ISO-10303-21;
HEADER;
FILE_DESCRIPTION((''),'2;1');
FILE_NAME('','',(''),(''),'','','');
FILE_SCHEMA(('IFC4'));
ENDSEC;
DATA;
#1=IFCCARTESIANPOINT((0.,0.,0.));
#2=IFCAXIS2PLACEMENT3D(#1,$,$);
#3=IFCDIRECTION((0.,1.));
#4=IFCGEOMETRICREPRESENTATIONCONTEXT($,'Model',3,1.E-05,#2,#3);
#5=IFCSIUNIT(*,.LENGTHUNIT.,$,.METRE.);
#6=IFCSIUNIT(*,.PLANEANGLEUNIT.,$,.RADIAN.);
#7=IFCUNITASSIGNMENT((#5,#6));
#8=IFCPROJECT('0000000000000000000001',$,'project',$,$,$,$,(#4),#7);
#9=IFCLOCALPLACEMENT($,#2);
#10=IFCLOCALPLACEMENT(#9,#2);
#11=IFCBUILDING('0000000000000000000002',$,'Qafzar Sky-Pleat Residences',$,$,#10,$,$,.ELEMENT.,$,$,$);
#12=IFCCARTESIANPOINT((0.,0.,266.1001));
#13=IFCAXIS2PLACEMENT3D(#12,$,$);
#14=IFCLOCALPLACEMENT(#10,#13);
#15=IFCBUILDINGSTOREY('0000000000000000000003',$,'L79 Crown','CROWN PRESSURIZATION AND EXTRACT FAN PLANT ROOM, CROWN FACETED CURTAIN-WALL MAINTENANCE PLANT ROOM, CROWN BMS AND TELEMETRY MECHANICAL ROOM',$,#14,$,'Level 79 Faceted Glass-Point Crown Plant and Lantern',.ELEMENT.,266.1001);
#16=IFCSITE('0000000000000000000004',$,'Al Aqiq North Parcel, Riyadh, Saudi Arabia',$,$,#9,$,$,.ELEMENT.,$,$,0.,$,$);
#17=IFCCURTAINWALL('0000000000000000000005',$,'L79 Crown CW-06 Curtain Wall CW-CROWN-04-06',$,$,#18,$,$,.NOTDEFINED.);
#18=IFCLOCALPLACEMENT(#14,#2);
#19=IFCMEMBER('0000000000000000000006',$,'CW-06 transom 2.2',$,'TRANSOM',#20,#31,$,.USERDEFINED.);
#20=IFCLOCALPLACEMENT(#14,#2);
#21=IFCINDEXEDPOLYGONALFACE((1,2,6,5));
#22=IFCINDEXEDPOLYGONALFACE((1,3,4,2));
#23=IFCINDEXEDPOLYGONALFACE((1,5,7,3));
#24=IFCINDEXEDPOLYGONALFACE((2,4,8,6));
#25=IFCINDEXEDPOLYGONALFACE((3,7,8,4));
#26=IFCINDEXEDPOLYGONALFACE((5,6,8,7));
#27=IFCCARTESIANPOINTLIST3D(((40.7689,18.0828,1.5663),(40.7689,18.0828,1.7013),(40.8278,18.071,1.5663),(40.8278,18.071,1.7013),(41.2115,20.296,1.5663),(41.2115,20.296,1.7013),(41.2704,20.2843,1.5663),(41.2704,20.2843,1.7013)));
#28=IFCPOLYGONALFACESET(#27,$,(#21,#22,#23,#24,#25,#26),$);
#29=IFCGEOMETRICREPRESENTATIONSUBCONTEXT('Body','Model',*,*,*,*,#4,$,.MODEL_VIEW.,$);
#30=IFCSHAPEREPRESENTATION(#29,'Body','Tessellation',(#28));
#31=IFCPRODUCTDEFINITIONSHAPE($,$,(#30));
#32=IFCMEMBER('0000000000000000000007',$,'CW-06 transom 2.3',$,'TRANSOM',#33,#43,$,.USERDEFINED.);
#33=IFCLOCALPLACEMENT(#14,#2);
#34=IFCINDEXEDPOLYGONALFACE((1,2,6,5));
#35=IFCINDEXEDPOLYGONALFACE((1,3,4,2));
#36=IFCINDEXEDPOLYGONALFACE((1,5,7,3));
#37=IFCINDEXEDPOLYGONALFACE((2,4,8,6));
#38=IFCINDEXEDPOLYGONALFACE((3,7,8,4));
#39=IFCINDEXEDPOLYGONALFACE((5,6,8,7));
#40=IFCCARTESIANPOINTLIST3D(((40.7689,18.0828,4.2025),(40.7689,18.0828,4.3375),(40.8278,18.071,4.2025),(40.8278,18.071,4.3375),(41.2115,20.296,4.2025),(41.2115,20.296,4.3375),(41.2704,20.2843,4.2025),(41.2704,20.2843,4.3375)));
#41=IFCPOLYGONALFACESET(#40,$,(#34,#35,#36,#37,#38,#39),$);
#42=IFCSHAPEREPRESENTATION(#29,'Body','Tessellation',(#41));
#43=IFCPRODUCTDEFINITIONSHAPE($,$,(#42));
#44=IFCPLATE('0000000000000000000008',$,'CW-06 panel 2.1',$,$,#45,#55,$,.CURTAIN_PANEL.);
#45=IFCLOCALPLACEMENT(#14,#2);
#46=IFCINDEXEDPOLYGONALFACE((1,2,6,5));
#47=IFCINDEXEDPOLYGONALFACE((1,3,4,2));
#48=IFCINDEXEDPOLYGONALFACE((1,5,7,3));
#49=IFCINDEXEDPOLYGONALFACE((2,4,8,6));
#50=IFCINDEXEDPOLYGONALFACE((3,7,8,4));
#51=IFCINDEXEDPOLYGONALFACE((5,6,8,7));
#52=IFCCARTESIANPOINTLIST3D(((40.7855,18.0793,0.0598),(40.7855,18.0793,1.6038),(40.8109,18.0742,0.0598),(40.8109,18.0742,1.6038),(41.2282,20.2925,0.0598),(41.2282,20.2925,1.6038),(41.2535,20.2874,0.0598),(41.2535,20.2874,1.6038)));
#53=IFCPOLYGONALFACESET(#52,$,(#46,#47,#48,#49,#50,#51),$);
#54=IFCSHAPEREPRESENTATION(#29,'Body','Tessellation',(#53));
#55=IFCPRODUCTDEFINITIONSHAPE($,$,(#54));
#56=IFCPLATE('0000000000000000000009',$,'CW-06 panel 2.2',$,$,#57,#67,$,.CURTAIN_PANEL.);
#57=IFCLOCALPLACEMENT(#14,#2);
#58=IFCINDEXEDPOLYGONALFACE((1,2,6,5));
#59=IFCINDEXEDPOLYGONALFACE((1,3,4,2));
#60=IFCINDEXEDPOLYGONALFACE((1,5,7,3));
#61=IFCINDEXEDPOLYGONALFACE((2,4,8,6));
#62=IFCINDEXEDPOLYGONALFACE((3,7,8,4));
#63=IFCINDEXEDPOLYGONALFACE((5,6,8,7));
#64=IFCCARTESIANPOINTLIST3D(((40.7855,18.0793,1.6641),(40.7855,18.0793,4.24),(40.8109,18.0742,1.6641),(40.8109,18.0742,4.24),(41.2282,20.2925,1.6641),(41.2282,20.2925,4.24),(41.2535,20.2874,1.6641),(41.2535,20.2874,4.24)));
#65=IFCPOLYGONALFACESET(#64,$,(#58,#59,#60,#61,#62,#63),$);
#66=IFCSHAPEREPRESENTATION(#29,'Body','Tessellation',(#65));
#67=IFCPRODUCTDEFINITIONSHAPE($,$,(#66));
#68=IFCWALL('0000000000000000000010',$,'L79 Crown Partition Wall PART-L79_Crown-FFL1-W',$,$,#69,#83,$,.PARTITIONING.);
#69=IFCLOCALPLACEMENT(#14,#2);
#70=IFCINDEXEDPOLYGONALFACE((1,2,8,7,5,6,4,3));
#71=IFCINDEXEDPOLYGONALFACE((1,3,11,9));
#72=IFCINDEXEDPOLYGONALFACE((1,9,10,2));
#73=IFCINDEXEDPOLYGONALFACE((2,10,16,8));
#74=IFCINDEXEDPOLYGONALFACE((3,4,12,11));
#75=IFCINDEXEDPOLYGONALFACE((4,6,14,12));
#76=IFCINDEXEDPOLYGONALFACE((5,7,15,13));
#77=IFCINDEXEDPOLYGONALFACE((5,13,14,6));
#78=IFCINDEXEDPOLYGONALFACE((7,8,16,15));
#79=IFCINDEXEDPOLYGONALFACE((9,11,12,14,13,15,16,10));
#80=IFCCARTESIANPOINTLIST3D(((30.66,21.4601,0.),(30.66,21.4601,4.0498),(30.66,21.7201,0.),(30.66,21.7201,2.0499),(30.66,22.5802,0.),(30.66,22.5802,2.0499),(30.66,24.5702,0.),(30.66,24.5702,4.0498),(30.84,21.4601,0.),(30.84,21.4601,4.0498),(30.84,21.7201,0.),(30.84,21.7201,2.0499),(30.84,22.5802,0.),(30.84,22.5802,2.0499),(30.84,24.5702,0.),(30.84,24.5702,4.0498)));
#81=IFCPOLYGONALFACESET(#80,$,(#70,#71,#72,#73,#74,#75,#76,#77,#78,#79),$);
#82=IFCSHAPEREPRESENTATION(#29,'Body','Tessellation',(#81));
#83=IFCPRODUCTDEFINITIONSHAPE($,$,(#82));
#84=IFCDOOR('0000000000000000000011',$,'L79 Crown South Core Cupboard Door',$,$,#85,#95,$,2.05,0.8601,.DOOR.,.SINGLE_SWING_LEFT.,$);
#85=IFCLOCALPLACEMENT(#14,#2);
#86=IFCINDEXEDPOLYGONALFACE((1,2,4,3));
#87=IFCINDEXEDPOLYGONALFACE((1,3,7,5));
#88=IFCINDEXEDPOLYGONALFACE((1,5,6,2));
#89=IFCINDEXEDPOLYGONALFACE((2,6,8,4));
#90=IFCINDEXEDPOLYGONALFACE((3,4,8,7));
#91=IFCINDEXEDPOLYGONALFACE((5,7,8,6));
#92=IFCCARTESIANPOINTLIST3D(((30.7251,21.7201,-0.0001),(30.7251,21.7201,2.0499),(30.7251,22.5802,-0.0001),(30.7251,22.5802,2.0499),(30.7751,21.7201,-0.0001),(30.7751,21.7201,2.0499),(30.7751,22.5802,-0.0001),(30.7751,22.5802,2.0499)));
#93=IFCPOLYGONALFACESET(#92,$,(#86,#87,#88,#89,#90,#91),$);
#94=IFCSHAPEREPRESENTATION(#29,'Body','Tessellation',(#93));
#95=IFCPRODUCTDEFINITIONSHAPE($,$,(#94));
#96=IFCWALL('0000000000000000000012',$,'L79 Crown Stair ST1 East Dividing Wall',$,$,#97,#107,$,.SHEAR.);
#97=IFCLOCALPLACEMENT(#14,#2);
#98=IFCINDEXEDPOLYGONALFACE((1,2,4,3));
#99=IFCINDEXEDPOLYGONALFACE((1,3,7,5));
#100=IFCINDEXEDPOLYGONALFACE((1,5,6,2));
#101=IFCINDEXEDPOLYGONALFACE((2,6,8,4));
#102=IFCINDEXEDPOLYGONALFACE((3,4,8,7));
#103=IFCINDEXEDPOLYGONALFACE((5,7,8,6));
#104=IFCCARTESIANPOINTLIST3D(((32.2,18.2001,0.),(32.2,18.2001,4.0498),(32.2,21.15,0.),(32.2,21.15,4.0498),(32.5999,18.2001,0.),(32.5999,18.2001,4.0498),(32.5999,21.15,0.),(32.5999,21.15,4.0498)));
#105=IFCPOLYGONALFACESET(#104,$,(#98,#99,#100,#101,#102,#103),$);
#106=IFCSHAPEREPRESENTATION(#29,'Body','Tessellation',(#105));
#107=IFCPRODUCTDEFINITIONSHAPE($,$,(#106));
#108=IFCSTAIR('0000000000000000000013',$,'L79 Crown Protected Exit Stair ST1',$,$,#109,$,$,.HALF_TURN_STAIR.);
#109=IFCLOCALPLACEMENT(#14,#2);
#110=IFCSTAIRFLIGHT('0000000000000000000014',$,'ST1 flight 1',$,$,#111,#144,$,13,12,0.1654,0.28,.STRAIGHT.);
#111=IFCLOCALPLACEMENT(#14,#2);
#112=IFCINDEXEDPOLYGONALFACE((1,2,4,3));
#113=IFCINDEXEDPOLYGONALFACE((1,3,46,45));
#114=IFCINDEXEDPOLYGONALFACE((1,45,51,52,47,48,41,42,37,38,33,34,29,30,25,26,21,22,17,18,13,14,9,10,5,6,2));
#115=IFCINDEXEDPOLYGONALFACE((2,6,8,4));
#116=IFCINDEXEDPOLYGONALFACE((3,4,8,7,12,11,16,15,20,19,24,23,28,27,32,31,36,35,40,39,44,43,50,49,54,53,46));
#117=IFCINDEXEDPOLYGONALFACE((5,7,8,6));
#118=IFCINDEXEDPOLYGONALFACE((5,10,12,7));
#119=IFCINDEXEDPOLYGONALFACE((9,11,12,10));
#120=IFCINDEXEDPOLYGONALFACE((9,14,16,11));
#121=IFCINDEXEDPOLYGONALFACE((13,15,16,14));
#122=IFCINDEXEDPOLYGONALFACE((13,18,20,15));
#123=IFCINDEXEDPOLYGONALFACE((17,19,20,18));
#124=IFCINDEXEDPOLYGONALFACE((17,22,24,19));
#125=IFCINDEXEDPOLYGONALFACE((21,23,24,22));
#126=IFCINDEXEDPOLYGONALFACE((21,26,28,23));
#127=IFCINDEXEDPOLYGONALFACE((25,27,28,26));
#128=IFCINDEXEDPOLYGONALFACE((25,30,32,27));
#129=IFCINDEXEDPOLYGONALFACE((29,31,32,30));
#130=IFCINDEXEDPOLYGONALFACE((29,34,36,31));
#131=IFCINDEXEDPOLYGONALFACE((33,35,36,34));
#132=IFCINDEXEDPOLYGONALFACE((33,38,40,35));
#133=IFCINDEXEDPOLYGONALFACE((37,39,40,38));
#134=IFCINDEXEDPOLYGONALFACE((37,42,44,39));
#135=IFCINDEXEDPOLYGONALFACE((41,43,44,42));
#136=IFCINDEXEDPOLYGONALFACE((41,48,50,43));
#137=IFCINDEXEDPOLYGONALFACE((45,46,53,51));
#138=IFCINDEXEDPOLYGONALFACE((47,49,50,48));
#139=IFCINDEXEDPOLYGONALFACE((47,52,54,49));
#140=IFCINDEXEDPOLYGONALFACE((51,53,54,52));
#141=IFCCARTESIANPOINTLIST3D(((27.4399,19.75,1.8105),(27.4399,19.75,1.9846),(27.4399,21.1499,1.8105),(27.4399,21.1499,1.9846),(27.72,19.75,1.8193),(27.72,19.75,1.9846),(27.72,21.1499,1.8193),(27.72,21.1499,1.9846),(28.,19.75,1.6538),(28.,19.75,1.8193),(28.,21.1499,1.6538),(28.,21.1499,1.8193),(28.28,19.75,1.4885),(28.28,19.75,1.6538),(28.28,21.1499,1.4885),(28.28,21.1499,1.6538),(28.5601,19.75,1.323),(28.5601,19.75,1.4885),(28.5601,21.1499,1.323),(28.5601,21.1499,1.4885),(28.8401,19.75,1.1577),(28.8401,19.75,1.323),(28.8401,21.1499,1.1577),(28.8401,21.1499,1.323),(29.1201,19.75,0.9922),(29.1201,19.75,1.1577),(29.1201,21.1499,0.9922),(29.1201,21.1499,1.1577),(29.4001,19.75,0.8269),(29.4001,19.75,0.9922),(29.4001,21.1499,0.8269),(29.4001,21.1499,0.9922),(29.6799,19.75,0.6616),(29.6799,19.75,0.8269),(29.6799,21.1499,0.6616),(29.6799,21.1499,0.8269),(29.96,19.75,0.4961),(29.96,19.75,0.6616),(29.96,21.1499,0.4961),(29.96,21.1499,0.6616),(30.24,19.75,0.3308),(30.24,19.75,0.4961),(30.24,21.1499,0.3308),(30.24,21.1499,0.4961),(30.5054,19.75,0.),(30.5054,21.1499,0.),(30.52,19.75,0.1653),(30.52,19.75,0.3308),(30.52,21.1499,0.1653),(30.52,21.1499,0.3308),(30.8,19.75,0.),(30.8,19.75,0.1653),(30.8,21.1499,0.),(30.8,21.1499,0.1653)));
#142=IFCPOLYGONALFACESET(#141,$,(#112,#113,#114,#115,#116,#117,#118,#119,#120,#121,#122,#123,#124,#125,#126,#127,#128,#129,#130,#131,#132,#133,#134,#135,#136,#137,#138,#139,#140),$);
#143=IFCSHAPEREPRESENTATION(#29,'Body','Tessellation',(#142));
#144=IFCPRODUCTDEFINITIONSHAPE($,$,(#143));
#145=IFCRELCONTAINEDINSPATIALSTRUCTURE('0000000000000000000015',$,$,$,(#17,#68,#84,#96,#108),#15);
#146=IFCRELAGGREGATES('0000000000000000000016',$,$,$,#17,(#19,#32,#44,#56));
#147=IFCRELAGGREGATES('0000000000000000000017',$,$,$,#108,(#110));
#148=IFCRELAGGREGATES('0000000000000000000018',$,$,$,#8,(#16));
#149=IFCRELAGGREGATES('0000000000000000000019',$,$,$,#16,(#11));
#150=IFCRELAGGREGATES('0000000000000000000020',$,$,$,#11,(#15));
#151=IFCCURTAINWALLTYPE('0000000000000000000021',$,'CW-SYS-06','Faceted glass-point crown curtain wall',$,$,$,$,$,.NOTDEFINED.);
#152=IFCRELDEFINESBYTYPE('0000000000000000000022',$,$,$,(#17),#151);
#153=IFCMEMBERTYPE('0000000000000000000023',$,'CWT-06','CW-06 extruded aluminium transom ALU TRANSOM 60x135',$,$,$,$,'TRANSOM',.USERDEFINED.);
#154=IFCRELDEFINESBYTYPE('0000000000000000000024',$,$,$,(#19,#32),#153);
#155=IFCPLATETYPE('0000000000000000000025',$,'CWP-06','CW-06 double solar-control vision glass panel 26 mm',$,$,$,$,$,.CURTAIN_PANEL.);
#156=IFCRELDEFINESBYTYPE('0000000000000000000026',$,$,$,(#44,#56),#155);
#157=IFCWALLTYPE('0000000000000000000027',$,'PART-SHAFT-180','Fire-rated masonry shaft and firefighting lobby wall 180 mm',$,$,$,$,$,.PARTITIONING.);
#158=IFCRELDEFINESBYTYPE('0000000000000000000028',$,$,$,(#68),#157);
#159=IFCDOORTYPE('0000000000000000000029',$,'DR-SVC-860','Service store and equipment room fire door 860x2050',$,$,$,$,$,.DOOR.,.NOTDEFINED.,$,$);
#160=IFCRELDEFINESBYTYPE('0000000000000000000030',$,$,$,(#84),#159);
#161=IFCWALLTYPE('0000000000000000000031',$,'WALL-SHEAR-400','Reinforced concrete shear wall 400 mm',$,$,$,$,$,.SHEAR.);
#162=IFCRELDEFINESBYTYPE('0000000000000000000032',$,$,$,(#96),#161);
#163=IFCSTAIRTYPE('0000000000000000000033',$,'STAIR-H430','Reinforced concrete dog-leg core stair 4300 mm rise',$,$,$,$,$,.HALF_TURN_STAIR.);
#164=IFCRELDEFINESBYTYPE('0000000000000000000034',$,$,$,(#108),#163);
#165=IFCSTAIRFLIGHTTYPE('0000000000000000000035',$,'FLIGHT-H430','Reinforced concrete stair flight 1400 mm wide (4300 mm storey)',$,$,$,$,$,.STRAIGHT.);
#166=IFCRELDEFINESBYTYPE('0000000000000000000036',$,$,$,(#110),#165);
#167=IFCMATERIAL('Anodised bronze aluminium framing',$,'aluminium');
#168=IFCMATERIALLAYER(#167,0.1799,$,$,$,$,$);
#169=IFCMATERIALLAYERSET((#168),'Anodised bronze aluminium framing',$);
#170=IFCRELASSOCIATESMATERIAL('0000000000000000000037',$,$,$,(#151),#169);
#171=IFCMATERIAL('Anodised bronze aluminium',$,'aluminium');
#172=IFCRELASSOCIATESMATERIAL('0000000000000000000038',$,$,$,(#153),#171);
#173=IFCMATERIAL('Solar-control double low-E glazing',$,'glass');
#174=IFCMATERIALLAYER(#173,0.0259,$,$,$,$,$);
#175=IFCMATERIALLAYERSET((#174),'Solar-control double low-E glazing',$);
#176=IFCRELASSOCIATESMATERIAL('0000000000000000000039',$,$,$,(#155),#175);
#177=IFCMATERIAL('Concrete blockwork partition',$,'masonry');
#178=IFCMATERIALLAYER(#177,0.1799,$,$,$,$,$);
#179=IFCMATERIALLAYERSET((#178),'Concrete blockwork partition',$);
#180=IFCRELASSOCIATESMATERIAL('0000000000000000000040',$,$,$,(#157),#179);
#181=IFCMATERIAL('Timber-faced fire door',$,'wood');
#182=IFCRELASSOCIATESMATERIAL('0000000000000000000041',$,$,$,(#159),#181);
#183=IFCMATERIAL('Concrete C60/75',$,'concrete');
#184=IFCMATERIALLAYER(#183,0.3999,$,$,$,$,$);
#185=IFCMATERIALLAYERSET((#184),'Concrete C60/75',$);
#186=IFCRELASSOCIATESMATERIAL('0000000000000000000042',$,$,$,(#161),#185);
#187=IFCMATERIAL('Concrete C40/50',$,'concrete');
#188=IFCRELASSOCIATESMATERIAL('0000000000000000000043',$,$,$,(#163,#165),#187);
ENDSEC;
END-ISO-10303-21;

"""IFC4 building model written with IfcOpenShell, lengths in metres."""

from ifc_helpers import new_model, si_unit, direction, frame, frame_2d, origin, origin_2d, place, context, subcontext, project, spatial, polyline, rectangle, outline, extrude, source, transform, mapped, material, layer, layer_set, material_profile, profile_set, type_object, element, fill, aggregate, save


model = new_model("IFC4")

# Units and contexts
model_context = context("Model", 3, precision=1e-05, world=origin(), true_north=direction((0.0, 1.0)))
body_context = subcontext(model_context, "Body", "Model", "MODEL_VIEW")
ifc_project = project(units=[si_unit("LENGTHUNIT", "METRE"), si_unit("PLANEANGLEUNIT", "RADIAN")], contexts=[model_context])

# Site, building, storey
site_placement = place(None, origin())
site = spatial("IfcSite", under=ifc_project, at=site_placement, Name="Al Aqiq North Parcel, Riyadh, Saudi Arabia", CompositionType="ELEMENT", RefElevation=0.0)
building_placement = place(site_placement, origin())
building = spatial("IfcBuilding", under=site, at=building_placement, Name="Qafzar Sky-Pleat Residences", CompositionType="ELEMENT")
storey_placement = place(building_placement, frame((0.0, 0.0, 266.1001)))
storey = spatial("IfcBuildingStorey", under=building, at=storey_placement, Name="L79 Crown", Description="CROWN PRESSURIZATION AND EXTRACT FAN PLANT ROOM, CROWN FACETED CURTAIN-WALL MAINTENANCE PLANT ROOM, CROWN BMS AND TELEMETRY MECHANICAL ROOM", LongName="Level 79 Faceted Glass-Point Crown Plant and Lantern", CompositionType="ELEMENT", Elevation=266.1001)

# Curtain wall, members, plates
ifc_material_1 = material(Name="Anodised bronze aluminium framing", Category="aluminium")
ifc_layer_1 = layer(ifc_material_1, 0.1799)
ifc_layer_set_1 = layer_set([ifc_layer_1], Name="Anodised bronze aluminium framing")
curtain_wall_type = type_object("IfcCurtainWallType", Name="CW-SYS-06", Description="Faceted glass-point crown curtain wall", PredefinedType="NOTDEFINED", material=ifc_layer_set_1)
curtain_wall_placement = place(storey_placement, origin())
curtain_wall = element("IfcCurtainWall", 1, at=curtain_wall_placement, inside=storey, type_object=curtain_wall_type, Name="L79 Crown CW-06 Curtain Wall CW-CROWN-04-06", PredefinedType="NOTDEFINED")
ifc_material_2 = material(Name="Anodised bronze aluminium", Category="aluminium")
ifc_material_profile_1 = material_profile(ifc_material_2, rectangle(XDim=0.0601, YDim=0.135, at=origin_2d()), Name="ALU TRANSOM 60x135")
ifc_profile_set_1 = profile_set([ifc_material_profile_1], Name="Anodised bronze aluminium")
member_type_1 = type_object("IfcMemberType", Name="CWT-06", Description="CW-06 extruded aluminium transom ALU TRANSOM 60x135", ElementType="TRANSOM", PredefinedType="USERDEFINED", material=ifc_profile_set_1)
shared_shape_1 = source(origin(), body_context, "Body", "SweptSolid", [
    extrude(rectangle(XDim=0.0601, YDim=0.135, at=origin_2d()), origin(), (0.0, 0.0, 1.0), 2.2571),
])
member_1_placement = place(storey_placement, frame((40.7983, 18.0769, 1.6338), z_axis=(0.196116, 0.980581, 0.0), x_axis=(-0.980581, 0.196116, 0.0)))
member_1 = element("IfcMember", 2, at=member_1_placement, type_object=member_type_1, Name="CW-06 transom 2.2", ObjectType="TRANSOM", PredefinedType="USERDEFINED", context=body_context, shape_type="MappedRepresentation", body=[
    mapped(shared_shape_1, transform((0.0, 0.0, 0.0), x_axis=(1.0, 0.0, 0.0), y_axis=(0.0, 1.0, 0.0), z_axis=(0.0, 0.0, 1.0), scale=1.0)),
])
member_2_placement = place(storey_placement, frame((40.7983, 18.0769, 4.27), z_axis=(0.196116, 0.980581, 0.0), x_axis=(-0.980581, 0.196116, 0.0)))
member_2 = element("IfcMember", 3, at=member_2_placement, type_object=member_type_1, Name="CW-06 transom 2.3", ObjectType="TRANSOM", PredefinedType="USERDEFINED", context=body_context, shape_type="MappedRepresentation", body=[
    mapped(shared_shape_1, transform((0.0, 0.0, 0.0), x_axis=(1.0, 0.0, 0.0), y_axis=(0.0, 1.0, 0.0), z_axis=(0.0, 0.0, 1.0), scale=1.0)),
])
ifc_material_3 = material(Name="Solar-control double low-E glazing", Category="glass")
ifc_layer_2 = layer(ifc_material_3, 0.0259)
ifc_layer_set_2 = layer_set([ifc_layer_2], Name="Solar-control double low-E glazing")
plate_type = type_object("IfcPlateType", Name="CWP-06", Description="CW-06 double solar-control vision glass panel 26 mm", PredefinedType="CURTAIN_PANEL", material=ifc_layer_set_2)
shared_shape_2 = source(origin(), body_context, "Body", "SweptSolid", [
    extrude(rectangle(XDim=2.2571, YDim=0.0259, at=origin_2d()), origin(), (0.0, 0.0, 1.0), 1.5439),
])
plate_1_placement = place(storey_placement, frame((41.0195, 19.1833, 0.0598), z_axis=(0.0, 0.0, 1.0), x_axis=(0.196116, 0.980581, 0.0)))
plate_1 = element("IfcPlate", 4, at=plate_1_placement, type_object=plate_type, Name="CW-06 panel 2.1", PredefinedType="CURTAIN_PANEL", context=body_context, shape_type="MappedRepresentation", body=[
    mapped(shared_shape_2, transform((0.0, 0.0, 0.0), x_axis=(1.0, 0.0, 0.0), y_axis=(0.0, 1.0, 0.0), z_axis=(0.0, 0.0, 1.0), scale=1.0)),
])
shared_shape_3 = source(origin(), body_context, "Body", "SweptSolid", [
    extrude(rectangle(XDim=2.2571, YDim=0.0259, at=origin_2d()), origin(), (0.0, 0.0, 1.0), 2.5759),
])
plate_2_placement = place(storey_placement, frame((41.0195, 19.1833, 1.6641), z_axis=(0.0, 0.0, 1.0), x_axis=(0.196116, 0.980581, 0.0)))
plate_2 = element("IfcPlate", 5, at=plate_2_placement, type_object=plate_type, Name="CW-06 panel 2.2", PredefinedType="CURTAIN_PANEL", context=body_context, shape_type="MappedRepresentation", body=[
    mapped(shared_shape_3, transform((0.0, 0.0, 0.0), x_axis=(1.0, 0.0, 0.0), y_axis=(0.0, 1.0, 0.0), z_axis=(0.0, 0.0, 1.0), scale=1.0)),
])
aggregate(curtain_wall, [member_1, member_2, plate_1, plate_2])

# Wall, opening, door
ifc_material_4 = material(Name="Concrete blockwork partition", Category="masonry")
ifc_layer_3 = layer(ifc_material_4, 0.1799)
ifc_layer_set_3 = layer_set([ifc_layer_3], Name="Concrete blockwork partition")
wall_type_1 = type_object("IfcWallType", Name="PART-SHAFT-180", Description="Fire-rated masonry shaft and firefighting lobby wall 180 mm", PredefinedType="PARTITIONING", material=ifc_layer_set_3)
wall_1_placement = place(storey_placement, frame((30.75, 21.46, 0.0), z_axis=(0.0, 0.0, 1.0), x_axis=(0.0, 1.0, 0.0)))
wall_1 = element("IfcWall", 6, at=wall_1_placement, inside=storey, type_object=wall_type_1, Name="L79 Crown Partition Wall PART-L79_Crown-FFL1-W", PredefinedType="PARTITIONING", context=body_context, shape_type="SweptSolid", body=[
    extrude(rectangle(XDim=3.1101, YDim=0.1799, at=frame_2d((1.5552, 0.0))), origin(), (0.0, 0.0, 1.0), 4.0498),
])
opening_1_placement = place(wall_1_placement, frame((0.26, 0.0, 0.0)))
opening_1 = element("IfcOpeningElement", 7, at=opening_1_placement, cuts=wall_1, PredefinedType="OPENING", context=body_context, shape_type="SweptSolid", body=[
    extrude(rectangle(XDim=0.8601, YDim=2.05, at=frame_2d((0.4302, 1.0249))), frame((0.0, 0.1001, 0.0), z_axis=(0.0, -1.0, 0.0), x_axis=(1.0, 0.0, 0.0)), (0.0, 0.0, 1.0), 0.2),
])
ifc_material_5 = material(Name="Timber-faced fire door", Category="wood")
door_type_1 = type_object("IfcDoorType", Name="DR-SVC-860", Description="Service store and equipment room fire door 860x2050", OperationType="NOTDEFINED", PredefinedType="DOOR", material=ifc_material_5)
shared_shape_4 = source(origin(), body_context, "Body", "SweptSolid", [
    extrude(rectangle(XDim=0.8601, YDim=2.05, at=frame_2d((0.4302, 1.0249))), frame((0.0, 0.0249, 0.0), z_axis=(0.0, -1.0, 0.0), x_axis=(1.0, 0.0, 0.0)), (0.0, 0.0, 1.0), 0.05),
])
door_1_placement = place(opening_1_placement, origin())
door_1 = element("IfcDoor", 8, at=door_1_placement, inside=storey, type_object=door_type_1, Name="L79 Crown South Core Cupboard Door", OperationType="SINGLE_SWING_LEFT", OverallHeight=2.05, OverallWidth=0.8601, PredefinedType="DOOR", context=body_context, shape_type="MappedRepresentation", body=[
    mapped(shared_shape_4, transform((0.0, 0.0, 0.0), x_axis=(1.0, 0.0, 0.0), y_axis=(0.0, 1.0, 0.0), z_axis=(0.0, 0.0, 1.0), scale=1.0)),
])
fill(opening_1, door_1)

# Wall
ifc_material_6 = material(Name="Concrete C60/75", Category="concrete")
ifc_layer_4 = layer(ifc_material_6, 0.3999)
ifc_layer_set_4 = layer_set([ifc_layer_4], Name="Concrete C60/75")
wall_type_2 = type_object("IfcWallType", Name="WALL-SHEAR-400", Description="Reinforced concrete shear wall 400 mm", PredefinedType="SHEAR", material=ifc_layer_set_4)
wall_2_placement = place(storey_placement, frame((32.3999, 18.2, 0.0), z_axis=(0.0, 0.0, 1.0), x_axis=(0.0, 1.0, 0.0)))
element("IfcWall", 9, at=wall_2_placement, inside=storey, type_object=wall_type_2, Name="L79 Crown Stair ST1 East Dividing Wall", PredefinedType="SHEAR", context=body_context, shape_type="SweptSolid", body=[
    extrude(rectangle(XDim=2.95, YDim=0.3999, at=frame_2d((1.4751, 0.0))), origin(), (0.0, 0.0, 1.0), 4.0498),
])

# Stair, stair flight
ifc_material_7 = material(Name="Concrete C40/50", Category="concrete")
stair_type = type_object("IfcStairType", Name="STAIR-H430", Description="Reinforced concrete dog-leg core stair 4300 mm rise", PredefinedType="HALF_TURN_STAIR", material=ifc_material_7)
stair_placement = place(storey_placement, origin())
stair = element("IfcStair", 10, at=stair_placement, inside=storey, type_object=stair_type, Name="L79 Crown Protected Exit Stair ST1", PredefinedType="HALF_TURN_STAIR")
stair_flight_type = type_object("IfcStairFlightType", Name="FLIGHT-H430", Description="Reinforced concrete stair flight 1400 mm wide (4300 mm storey)", PredefinedType="STRAIGHT", material=ifc_material_7)
shared_shape_5 = source(origin(), body_context, "Body", "SweptSolid", [
    extrude(outline(polyline([(0.0, 0.0), (0.0, 0.1653), (0.28, 0.1653), (0.28, 0.3308), (0.5601, 0.3308), (0.5601, 0.4961), (0.8401, 0.4961), (0.8401, 0.6616), (1.1201, 0.6616), (1.1201, 0.8269), (1.3999, 0.8269), (1.3999, 0.9922), (1.6799, 0.9922), (1.6799, 1.1577), (1.96, 1.1577), (1.96, 1.323), (2.24, 1.323), (2.24, 1.4885), (2.52, 1.4885), (2.52, 1.6538), (2.8, 1.6538), (2.8, 1.8193), (3.0801, 1.8193), (3.0801, 1.9846), (3.3601, 1.9846), (3.3601, 2.1499), (3.3601, 1.8105), (0.2947, 0.0), (0.0, 0.0)])), frame((0.0, 0.7, 0.0), z_axis=(0.0, -1.0, 0.0), x_axis=(1.0, 0.0, 0.0)), (0.0, 0.0, 1.0), 1.3999),
])
stair_flight_placement = place(storey_placement, frame((30.8, 20.45, 0.0), z_axis=(0.0, 0.0, 1.0), x_axis=(-1.0, 0.0, 0.0)))
stair_flight = element("IfcStairFlight", 11, at=stair_flight_placement, type_object=stair_flight_type, Name="ST1 flight 1", NumberOfRisers=13, NumberOfTreads=12, PredefinedType="STRAIGHT", RiserHeight=0.1654, TreadLength=0.28, context=body_context, shape_type="MappedRepresentation", body=[
    mapped(shared_shape_5, transform((0.0, 0.0, 0.0), x_axis=(1.0, 0.0, 0.0), y_axis=(0.0, 1.0, 0.0), z_axis=(0.0, 0.0, 1.0), scale=1.0)),
])
aggregate(stair, [stair_flight])

save(model, "model.ifc")
